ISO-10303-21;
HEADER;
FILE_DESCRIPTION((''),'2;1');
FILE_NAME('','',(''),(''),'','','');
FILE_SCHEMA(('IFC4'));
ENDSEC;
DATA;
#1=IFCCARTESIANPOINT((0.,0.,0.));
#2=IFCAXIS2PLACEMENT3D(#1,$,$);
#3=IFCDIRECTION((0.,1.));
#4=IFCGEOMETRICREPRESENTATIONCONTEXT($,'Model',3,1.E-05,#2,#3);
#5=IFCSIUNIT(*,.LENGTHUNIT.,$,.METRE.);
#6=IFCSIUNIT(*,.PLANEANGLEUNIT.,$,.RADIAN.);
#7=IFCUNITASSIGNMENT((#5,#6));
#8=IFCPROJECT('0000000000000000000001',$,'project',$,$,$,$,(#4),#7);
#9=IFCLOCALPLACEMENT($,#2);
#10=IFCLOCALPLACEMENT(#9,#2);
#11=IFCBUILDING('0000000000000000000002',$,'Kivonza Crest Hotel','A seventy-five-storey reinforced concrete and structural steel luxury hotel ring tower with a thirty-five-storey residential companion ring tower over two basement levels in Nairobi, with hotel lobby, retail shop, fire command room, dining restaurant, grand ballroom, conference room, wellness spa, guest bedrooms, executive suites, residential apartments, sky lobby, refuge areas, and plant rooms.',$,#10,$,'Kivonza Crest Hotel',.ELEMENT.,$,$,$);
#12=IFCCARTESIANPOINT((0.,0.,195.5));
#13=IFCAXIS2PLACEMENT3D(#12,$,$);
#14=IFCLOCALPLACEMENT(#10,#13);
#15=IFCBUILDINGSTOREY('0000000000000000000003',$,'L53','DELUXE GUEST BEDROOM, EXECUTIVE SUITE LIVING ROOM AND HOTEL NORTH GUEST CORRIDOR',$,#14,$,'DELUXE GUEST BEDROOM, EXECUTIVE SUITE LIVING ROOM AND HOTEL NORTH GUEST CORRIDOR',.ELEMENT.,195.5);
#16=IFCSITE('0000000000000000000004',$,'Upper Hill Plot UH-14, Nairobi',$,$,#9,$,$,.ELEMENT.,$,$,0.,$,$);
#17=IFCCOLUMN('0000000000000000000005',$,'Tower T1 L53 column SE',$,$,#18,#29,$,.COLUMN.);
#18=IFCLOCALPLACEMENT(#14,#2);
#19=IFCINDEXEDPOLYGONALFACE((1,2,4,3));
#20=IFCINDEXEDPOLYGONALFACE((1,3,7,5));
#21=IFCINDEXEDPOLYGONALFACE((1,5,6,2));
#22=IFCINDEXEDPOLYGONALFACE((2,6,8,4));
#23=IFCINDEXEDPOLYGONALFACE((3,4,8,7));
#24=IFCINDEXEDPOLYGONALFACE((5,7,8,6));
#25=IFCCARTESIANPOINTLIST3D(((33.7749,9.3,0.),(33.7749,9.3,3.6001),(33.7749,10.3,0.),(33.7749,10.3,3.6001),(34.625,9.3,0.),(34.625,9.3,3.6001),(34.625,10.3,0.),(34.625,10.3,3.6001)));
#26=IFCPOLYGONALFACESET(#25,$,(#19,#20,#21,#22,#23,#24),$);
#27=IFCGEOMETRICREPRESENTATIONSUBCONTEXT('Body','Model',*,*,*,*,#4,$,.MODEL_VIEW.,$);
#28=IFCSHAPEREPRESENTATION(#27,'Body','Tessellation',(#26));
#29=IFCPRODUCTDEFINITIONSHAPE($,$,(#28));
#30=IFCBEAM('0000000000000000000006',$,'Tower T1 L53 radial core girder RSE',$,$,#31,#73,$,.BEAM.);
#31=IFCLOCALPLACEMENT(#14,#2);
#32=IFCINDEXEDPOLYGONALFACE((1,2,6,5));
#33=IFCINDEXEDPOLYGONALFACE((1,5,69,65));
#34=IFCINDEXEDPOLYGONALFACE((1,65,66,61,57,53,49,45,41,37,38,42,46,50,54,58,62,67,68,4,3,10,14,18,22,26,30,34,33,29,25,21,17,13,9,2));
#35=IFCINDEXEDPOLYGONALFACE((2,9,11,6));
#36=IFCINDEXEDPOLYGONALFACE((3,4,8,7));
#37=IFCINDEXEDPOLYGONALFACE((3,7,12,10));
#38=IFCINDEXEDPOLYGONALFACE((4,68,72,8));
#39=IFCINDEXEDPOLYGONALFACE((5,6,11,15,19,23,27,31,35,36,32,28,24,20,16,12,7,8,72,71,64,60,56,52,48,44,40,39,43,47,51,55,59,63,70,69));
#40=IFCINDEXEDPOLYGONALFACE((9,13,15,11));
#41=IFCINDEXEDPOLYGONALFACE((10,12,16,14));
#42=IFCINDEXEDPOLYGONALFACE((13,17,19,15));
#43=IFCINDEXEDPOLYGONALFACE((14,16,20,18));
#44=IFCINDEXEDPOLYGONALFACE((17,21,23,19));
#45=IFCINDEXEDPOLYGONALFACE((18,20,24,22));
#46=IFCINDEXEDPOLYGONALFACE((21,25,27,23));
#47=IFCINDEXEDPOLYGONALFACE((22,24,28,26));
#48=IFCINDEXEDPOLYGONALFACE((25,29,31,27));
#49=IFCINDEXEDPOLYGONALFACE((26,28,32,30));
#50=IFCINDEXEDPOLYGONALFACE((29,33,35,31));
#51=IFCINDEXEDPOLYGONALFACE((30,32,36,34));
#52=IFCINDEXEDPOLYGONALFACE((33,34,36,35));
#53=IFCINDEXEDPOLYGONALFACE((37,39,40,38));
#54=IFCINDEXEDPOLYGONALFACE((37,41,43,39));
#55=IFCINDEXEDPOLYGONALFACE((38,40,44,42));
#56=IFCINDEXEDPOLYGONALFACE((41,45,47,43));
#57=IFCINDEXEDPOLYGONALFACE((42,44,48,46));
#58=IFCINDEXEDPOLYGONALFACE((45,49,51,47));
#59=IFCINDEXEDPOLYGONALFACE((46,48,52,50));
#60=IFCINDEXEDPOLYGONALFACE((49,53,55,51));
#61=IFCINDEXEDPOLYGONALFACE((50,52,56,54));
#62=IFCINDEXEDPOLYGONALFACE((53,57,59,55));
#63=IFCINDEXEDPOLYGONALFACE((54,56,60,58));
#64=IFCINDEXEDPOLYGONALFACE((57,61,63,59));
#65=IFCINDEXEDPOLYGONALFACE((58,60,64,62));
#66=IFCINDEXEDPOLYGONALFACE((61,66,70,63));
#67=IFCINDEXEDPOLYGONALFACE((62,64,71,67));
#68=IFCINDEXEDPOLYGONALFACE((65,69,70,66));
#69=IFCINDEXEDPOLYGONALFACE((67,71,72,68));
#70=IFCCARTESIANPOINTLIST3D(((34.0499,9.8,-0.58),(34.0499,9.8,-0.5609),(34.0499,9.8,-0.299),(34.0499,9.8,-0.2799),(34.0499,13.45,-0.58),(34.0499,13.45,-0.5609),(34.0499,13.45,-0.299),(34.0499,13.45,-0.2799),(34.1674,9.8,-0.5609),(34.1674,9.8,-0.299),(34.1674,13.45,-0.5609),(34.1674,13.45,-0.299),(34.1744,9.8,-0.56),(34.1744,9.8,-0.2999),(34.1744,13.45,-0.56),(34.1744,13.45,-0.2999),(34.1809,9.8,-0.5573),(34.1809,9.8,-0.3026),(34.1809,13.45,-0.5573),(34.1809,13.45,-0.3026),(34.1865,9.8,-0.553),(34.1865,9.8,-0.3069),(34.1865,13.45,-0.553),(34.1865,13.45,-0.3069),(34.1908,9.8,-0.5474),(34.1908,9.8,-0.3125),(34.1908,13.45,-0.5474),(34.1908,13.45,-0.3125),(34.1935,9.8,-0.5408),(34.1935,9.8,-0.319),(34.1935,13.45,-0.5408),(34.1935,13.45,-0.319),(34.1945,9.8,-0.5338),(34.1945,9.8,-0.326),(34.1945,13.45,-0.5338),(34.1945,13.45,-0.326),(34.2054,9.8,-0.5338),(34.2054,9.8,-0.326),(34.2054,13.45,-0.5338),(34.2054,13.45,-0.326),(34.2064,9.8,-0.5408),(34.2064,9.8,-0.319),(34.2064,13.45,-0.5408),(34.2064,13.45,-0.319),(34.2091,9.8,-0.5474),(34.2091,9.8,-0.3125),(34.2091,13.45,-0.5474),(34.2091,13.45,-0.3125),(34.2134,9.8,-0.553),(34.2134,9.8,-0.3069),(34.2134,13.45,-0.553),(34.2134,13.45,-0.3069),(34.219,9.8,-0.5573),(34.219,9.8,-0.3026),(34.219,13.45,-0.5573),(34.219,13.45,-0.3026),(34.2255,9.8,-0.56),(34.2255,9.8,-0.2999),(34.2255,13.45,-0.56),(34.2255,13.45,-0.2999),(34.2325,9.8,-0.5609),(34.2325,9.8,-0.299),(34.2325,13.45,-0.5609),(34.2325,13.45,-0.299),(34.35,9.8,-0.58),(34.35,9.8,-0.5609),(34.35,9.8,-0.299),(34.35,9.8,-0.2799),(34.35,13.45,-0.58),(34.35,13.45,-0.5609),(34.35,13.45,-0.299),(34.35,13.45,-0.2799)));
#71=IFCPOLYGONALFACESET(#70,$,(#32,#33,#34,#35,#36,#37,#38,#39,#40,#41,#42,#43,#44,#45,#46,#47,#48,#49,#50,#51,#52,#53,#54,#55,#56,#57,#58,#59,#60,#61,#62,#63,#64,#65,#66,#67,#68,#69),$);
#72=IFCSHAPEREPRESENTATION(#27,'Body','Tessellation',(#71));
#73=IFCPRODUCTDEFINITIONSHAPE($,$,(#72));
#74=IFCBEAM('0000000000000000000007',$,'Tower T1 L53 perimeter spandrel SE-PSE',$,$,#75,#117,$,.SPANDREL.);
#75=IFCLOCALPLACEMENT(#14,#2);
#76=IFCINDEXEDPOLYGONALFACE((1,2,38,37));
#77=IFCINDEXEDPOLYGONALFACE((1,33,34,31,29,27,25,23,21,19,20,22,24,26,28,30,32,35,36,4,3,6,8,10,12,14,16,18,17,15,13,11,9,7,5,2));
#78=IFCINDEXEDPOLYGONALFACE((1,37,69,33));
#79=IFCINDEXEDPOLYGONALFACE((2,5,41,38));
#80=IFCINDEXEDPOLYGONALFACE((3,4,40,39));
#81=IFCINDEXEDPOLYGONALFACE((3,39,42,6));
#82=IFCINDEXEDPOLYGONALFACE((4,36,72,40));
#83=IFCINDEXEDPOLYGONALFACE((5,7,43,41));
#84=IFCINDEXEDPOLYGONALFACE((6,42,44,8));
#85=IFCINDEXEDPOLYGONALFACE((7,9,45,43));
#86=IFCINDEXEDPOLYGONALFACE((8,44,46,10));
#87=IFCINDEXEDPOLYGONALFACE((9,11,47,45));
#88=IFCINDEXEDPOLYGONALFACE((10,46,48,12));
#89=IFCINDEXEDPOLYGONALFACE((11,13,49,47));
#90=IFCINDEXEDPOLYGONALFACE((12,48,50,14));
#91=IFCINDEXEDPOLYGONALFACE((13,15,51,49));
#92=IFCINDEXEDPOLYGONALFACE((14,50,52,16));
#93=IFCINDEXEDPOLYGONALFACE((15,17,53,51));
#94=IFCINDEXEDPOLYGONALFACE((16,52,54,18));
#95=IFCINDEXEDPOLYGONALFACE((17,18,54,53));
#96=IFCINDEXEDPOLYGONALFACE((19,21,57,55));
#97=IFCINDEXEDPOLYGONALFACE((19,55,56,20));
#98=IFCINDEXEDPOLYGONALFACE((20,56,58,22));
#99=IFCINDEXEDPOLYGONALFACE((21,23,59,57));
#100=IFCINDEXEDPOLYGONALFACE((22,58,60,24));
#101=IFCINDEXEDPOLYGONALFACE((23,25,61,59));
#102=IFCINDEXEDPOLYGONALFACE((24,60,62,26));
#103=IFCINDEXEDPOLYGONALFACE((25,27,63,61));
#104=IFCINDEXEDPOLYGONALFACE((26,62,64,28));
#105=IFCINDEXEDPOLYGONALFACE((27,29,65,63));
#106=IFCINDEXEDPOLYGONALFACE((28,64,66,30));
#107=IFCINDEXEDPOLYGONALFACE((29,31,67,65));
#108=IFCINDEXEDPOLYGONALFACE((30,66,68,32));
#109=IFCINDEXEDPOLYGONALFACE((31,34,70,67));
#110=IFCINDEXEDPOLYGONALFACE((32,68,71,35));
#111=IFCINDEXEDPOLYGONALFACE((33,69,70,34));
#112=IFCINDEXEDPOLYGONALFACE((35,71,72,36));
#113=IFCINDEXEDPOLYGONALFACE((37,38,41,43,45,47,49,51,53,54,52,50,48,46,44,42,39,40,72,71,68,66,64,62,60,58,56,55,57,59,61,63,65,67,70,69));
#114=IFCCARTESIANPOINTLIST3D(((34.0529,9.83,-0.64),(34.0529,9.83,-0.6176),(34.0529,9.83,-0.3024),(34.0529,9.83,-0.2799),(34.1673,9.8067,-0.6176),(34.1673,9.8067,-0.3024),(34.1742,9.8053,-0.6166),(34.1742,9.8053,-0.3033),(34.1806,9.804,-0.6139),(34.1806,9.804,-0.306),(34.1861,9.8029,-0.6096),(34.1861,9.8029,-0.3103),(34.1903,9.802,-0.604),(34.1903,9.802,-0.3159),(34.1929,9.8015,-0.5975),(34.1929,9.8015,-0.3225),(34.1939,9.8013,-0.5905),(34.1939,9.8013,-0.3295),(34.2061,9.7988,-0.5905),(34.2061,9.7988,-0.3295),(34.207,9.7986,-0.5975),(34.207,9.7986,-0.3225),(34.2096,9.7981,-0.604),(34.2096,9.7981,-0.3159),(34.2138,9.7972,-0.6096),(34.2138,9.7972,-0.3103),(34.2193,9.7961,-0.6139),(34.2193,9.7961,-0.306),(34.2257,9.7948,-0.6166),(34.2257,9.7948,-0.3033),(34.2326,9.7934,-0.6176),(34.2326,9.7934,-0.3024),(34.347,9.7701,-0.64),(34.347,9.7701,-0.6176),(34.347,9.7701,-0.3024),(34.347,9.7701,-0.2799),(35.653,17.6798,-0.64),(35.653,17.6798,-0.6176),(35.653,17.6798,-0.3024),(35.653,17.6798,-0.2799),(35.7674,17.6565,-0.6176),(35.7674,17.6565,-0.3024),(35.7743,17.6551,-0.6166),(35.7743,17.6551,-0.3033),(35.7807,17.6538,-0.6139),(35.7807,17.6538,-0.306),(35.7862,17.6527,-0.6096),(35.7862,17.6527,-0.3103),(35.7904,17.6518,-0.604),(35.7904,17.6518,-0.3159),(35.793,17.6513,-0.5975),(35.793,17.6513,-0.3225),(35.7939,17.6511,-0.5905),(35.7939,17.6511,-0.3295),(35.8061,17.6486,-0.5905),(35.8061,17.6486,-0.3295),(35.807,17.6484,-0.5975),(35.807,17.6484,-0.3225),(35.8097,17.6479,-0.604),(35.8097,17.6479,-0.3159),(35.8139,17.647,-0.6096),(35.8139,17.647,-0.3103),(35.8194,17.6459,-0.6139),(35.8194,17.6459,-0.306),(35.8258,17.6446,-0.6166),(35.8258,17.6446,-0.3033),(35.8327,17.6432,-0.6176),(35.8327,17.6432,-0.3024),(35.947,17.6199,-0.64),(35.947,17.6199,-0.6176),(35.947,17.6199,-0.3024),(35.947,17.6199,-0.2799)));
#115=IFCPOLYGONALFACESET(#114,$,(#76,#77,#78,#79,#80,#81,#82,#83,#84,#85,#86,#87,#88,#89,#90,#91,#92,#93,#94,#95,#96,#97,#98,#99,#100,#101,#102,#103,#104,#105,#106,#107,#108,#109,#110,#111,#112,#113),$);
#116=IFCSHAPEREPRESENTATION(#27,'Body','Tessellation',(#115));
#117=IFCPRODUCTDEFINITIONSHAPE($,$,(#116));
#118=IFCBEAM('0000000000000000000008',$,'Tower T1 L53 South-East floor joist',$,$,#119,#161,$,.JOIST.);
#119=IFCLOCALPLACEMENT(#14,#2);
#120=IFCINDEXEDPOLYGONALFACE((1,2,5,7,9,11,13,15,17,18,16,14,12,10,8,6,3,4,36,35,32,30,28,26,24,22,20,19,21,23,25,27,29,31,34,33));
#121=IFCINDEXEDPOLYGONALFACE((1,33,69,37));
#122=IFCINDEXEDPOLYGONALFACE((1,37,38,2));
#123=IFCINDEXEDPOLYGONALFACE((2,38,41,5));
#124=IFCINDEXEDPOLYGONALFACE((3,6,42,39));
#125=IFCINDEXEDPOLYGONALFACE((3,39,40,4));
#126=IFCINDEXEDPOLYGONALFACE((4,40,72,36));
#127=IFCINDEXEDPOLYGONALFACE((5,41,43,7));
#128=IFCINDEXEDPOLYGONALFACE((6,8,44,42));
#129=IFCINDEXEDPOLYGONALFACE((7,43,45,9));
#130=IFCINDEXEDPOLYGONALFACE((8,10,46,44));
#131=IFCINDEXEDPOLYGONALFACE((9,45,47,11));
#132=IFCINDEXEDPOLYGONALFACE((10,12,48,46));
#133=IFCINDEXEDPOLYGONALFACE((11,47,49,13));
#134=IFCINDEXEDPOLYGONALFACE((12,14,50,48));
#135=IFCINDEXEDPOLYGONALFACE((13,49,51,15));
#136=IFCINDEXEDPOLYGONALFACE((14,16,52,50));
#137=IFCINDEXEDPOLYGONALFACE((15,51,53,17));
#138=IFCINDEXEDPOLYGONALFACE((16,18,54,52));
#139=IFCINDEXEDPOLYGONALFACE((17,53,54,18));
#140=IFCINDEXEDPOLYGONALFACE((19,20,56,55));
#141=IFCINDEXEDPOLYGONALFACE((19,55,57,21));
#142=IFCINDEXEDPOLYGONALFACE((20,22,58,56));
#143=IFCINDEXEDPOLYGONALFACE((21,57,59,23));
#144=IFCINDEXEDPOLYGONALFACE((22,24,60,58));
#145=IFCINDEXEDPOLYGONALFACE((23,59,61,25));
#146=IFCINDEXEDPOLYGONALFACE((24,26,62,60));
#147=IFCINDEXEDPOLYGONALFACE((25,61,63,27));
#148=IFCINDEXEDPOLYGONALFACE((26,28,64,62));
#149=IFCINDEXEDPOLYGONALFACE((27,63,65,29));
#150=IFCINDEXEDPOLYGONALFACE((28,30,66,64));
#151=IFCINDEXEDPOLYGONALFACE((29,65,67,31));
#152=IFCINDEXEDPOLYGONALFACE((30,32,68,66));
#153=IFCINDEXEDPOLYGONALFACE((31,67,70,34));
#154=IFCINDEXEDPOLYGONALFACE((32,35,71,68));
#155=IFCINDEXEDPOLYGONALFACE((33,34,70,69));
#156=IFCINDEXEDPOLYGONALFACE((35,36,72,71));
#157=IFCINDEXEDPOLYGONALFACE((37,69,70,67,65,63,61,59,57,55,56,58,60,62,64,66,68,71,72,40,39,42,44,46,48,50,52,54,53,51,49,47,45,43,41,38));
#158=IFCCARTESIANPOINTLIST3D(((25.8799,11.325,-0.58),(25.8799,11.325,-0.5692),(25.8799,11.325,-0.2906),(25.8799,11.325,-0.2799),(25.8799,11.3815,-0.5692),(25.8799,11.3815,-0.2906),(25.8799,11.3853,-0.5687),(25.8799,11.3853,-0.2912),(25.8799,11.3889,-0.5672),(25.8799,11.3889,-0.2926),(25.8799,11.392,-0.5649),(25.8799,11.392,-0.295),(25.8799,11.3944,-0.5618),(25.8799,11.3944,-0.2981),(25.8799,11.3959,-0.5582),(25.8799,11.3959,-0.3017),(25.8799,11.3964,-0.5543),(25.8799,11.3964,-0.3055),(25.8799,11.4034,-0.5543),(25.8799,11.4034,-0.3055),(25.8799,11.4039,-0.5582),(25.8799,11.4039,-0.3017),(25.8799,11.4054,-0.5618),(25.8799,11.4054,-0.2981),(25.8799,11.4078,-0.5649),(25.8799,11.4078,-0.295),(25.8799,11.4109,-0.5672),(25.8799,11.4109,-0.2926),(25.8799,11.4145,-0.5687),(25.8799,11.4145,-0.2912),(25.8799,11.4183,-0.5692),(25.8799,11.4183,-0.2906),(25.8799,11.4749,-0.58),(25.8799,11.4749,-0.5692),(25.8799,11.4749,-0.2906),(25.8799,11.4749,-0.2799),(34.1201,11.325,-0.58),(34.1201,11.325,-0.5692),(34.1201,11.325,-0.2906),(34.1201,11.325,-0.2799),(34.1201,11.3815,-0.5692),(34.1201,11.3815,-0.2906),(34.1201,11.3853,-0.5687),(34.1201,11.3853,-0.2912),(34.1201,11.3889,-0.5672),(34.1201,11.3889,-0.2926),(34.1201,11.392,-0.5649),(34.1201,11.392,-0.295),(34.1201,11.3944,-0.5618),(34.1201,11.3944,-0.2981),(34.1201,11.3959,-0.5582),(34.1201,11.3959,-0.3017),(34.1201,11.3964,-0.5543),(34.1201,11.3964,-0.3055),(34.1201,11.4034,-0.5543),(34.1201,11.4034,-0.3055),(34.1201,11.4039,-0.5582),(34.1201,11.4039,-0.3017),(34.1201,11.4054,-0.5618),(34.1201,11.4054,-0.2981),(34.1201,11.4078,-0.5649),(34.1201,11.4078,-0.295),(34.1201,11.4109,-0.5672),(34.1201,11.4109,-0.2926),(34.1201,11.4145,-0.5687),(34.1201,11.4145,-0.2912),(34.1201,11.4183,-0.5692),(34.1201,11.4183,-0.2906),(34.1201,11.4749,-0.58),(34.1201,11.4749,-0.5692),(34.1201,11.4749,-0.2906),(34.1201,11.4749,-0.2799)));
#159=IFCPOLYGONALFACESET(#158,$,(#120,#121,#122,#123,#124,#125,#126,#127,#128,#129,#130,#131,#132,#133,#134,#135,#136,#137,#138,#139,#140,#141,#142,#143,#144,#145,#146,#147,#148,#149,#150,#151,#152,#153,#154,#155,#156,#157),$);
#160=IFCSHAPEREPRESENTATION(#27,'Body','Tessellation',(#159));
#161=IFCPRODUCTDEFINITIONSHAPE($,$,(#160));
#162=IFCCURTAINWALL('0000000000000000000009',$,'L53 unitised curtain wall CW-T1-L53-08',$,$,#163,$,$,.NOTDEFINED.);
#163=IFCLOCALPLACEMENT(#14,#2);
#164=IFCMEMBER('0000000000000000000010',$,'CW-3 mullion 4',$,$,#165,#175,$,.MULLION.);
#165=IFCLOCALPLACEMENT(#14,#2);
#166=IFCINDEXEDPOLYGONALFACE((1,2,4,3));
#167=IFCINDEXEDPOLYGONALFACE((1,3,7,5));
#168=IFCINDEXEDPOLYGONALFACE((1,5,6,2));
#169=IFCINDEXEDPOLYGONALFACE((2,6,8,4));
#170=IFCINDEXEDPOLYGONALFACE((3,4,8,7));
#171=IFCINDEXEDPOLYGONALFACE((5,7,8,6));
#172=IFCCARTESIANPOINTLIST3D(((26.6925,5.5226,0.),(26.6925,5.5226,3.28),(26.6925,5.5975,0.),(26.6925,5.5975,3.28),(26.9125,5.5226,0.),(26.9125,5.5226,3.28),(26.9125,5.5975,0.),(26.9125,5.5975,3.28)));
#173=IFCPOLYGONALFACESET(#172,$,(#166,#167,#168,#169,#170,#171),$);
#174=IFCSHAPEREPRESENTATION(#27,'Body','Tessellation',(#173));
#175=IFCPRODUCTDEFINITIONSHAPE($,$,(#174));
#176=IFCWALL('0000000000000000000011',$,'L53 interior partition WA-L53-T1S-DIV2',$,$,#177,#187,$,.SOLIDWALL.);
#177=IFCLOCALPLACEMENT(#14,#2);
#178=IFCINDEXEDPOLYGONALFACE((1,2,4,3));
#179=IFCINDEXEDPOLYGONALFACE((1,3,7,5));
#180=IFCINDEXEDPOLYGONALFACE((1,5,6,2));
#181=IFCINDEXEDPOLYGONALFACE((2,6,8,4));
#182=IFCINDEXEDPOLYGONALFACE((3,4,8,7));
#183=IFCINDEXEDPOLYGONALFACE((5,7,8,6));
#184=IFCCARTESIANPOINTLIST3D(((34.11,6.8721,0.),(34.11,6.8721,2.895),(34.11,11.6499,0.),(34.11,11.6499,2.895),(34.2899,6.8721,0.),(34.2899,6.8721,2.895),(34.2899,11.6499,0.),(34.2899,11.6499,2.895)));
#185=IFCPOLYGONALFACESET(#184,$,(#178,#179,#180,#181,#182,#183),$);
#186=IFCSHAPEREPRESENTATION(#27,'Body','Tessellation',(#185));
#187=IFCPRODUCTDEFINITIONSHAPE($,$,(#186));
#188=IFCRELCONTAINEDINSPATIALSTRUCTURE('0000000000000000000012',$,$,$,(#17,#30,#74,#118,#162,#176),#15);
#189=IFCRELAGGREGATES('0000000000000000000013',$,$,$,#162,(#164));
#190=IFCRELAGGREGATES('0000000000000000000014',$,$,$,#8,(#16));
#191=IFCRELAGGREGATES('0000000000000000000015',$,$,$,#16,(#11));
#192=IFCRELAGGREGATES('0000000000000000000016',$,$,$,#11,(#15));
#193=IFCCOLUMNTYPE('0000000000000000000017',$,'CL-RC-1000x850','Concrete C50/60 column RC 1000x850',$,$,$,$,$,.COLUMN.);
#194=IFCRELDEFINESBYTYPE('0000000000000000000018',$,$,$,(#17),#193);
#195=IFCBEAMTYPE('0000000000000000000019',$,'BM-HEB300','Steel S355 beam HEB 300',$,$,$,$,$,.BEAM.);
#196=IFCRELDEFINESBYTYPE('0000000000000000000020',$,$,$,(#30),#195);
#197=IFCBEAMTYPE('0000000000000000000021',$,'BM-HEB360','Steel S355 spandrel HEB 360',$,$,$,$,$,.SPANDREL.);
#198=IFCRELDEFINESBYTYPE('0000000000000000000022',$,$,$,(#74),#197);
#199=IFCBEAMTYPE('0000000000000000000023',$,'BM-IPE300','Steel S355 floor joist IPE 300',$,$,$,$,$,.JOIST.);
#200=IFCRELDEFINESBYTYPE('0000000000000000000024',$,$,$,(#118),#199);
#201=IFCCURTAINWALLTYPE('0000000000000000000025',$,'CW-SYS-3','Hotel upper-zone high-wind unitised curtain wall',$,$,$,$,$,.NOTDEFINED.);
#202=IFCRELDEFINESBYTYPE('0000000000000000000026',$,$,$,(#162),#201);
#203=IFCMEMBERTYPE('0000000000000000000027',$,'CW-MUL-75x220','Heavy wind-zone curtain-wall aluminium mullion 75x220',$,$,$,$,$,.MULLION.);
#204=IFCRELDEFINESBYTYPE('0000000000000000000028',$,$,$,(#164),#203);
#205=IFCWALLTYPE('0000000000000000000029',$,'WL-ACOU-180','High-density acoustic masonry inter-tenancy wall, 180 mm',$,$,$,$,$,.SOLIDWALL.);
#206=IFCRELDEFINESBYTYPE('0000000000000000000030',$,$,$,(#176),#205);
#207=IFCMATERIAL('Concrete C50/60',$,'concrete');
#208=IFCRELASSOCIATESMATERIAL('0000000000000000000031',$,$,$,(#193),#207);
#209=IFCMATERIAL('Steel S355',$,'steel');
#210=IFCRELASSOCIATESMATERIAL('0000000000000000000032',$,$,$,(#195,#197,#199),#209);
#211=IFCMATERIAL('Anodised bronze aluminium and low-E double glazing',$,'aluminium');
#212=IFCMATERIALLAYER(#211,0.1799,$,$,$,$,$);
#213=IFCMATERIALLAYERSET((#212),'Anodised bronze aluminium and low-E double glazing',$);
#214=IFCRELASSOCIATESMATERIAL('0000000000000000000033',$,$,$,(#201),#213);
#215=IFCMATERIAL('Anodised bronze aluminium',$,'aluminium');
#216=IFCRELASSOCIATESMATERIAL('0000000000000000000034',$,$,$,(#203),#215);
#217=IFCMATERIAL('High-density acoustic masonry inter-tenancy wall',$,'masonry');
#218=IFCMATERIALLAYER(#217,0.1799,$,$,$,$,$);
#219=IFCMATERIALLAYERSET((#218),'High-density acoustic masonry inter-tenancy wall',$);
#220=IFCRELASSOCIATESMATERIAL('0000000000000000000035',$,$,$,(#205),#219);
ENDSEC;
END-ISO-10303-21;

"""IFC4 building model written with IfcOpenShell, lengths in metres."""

from ifc_helpers import new_model, si_unit, direction, frame, frame_2d, origin, origin_2d, place, context, subcontext, project, spatial, rectangle, i_section, extrude, material, layer, layer_set, material_profile, profile_set, type_object, element, aggregate, save


model = new_model("IFC4")

# Units and contexts
model_context = context("Model", 3, precision=1e-05, world=origin(), true_north=direction((0.0, 1.0)))
body_context = subcontext(model_context, "Body", "Model", "MODEL_VIEW")
ifc_project = project(units=[si_unit("LENGTHUNIT", "METRE"), si_unit("PLANEANGLEUNIT", "RADIAN")], contexts=[model_context])

# Site, building, storey
site_placement = place(None, origin())
site = spatial("IfcSite", under=ifc_project, at=site_placement, Name="Upper Hill Plot UH-14, Nairobi", CompositionType="ELEMENT", RefElevation=0.0)
building_placement = place(site_placement, origin())
building = spatial("IfcBuilding", under=site, at=building_placement, Name="Kivonza Crest Hotel", Description="A seventy-five-storey reinforced concrete and structural steel luxury hotel ring tower with a thirty-five-storey residential companion ring tower over two basement levels in Nairobi, with hotel lobby, retail shop, fire command room, dining restaurant, grand ballroom, conference room, wellness spa, guest bedrooms, executive suites, residential apartments, sky lobby, refuge areas, and plant rooms.", LongName="Kivonza Crest Hotel", CompositionType="ELEMENT")
storey_placement = place(building_placement, frame((0.0, 0.0, 195.5)))
storey = spatial("IfcBuildingStorey", under=building, at=storey_placement, Name="L53", Description="DELUXE GUEST BEDROOM, EXECUTIVE SUITE LIVING ROOM AND HOTEL NORTH GUEST CORRIDOR", LongName="DELUXE GUEST BEDROOM, EXECUTIVE SUITE LIVING ROOM AND HOTEL NORTH GUEST CORRIDOR", CompositionType="ELEMENT", Elevation=195.5)

# Column
ifc_material_1 = material(Name="Concrete C50/60", Category="concrete")
ifc_material_profile_1 = material_profile(ifc_material_1, rectangle(XDim=0.8501, YDim=1.0, at=origin_2d()), Name="RC 1000x850")
ifc_profile_set_1 = profile_set([ifc_material_profile_1], Name="Concrete C50/60")
column_type = type_object("IfcColumnType", Name="CL-RC-1000x850", Description="Concrete C50/60 column RC 1000x850", PredefinedType="COLUMN", material=ifc_profile_set_1)
column_placement = place(storey_placement, frame((34.2, 9.8, 0.0), z_axis=(0.0, 0.0, 1.0), x_axis=(1.0, 0.0, 0.0)))
element("IfcColumn", 1, at=column_placement, inside=storey, type_object=column_type, Name="Tower T1 L53 column SE", PredefinedType="COLUMN", context=body_context, shape_type="SweptSolid", body=[
    extrude(rectangle(XDim=0.8501, YDim=1.0, at=origin_2d()), origin(), (0.0, 0.0, 1.0), 3.6001),
])

# Beams
ifc_material_2 = material(Name="Steel S355", Category="steel")
ifc_material_profile_2 = material_profile(ifc_material_2, i_section(OverallWidth=0.3, OverallDepth=0.3, WebThickness=0.011, FlangeThickness=0.019, FilletRadius=0.0271, at=origin_2d()), Name="HEB 300")
ifc_profile_set_2 = profile_set([ifc_material_profile_2], Name="Steel S355")
beam_type_1 = type_object("IfcBeamType", Name="BM-HEB300", Description="Steel S355 beam HEB 300", PredefinedType="BEAM", material=ifc_profile_set_2)
beam_1_placement = place(storey_placement, frame((34.2, 9.8, -0.4299), z_axis=(0.0, 1.0, 0.0), x_axis=(-1.0, 0.0, 0.0)))
element("IfcBeam", 2, at=beam_1_placement, inside=storey, type_object=beam_type_1, Name="Tower T1 L53 radial core girder RSE", PredefinedType="BEAM", context=body_context, shape_type="SweptSolid", body=[
    extrude(i_section(OverallWidth=0.3, OverallDepth=0.3, WebThickness=0.011, FlangeThickness=0.019, FilletRadius=0.0271, at=origin_2d()), origin(), (0.0, 0.0, 1.0), 3.6499),
])
ifc_material_profile_3 = material_profile(ifc_material_2, i_section(OverallWidth=0.3, OverallDepth=0.3601, WebThickness=0.0125, FlangeThickness=0.0225, FilletRadius=0.0271, at=origin_2d()), Name="HEB 360")
ifc_profile_set_3 = profile_set([ifc_material_profile_3], Name="Steel S355")
beam_type_2 = type_object("IfcBeamType", Name="BM-HEB360", Description="Steel S355 spandrel HEB 360", PredefinedType="SPANDREL", material=ifc_profile_set_3)
beam_2_placement = place(storey_placement, frame((34.2, 9.8, -0.46), z_axis=(0.199731, 0.979851, 0.0), x_axis=(-0.979851, 0.199731, 0.0)))
element("IfcBeam", 3, at=beam_2_placement, inside=storey, type_object=beam_type_2, Name="Tower T1 L53 perimeter spandrel SE-PSE", PredefinedType="SPANDREL", context=body_context, shape_type="SweptSolid", body=[
    extrude(i_section(OverallWidth=0.3, OverallDepth=0.3601, WebThickness=0.0125, FlangeThickness=0.0225, FilletRadius=0.0271, at=origin_2d()), origin(), (0.0, 0.0, 1.0), 8.0112),
])
ifc_material_profile_4 = material_profile(ifc_material_2, i_section(OverallWidth=0.1499, OverallDepth=0.3, WebThickness=0.0071, FlangeThickness=0.0107, FilletRadius=0.0149, at=origin_2d()), Name="IPE 300")
ifc_profile_set_4 = profile_set([ifc_material_profile_4], Name="Steel S355")
beam_type_3 = type_object("IfcBeamType", Name="BM-IPE300", Description="Steel S355 floor joist IPE 300", PredefinedType="JOIST", material=ifc_profile_set_4)
beam_3_placement = place(storey_placement, frame((25.8799, 11.3999, -0.4299), z_axis=(1.0, 0.0, 0.0), x_axis=(0.0, 1.0, 0.0)))
element("IfcBeam", 4, at=beam_3_placement, inside=storey, type_object=beam_type_3, Name="Tower T1 L53 South-East floor joist", PredefinedType="JOIST", context=body_context, shape_type="SweptSolid", body=[
    extrude(i_section(OverallWidth=0.1499, OverallDepth=0.3, WebThickness=0.0071, FlangeThickness=0.0107, FilletRadius=0.0149, at=origin_2d()), origin(), (0.0, 0.0, 1.0), 8.2402),
])

# Curtain wall, member
ifc_material_3 = material(Name="Anodised bronze aluminium and low-E double glazing", Category="aluminium")
ifc_layer_1 = layer(ifc_material_3, 0.1799)
ifc_layer_set_1 = layer_set([ifc_layer_1], Name="Anodised bronze aluminium and low-E double glazing")
curtain_wall_type = type_object("IfcCurtainWallType", Name="CW-SYS-3", Description="Hotel upper-zone high-wind unitised curtain wall", PredefinedType="NOTDEFINED", material=ifc_layer_set_1)
curtain_wall_placement = place(storey_placement, origin())
curtain_wall = element("IfcCurtainWall", 5, at=curtain_wall_placement, inside=storey, type_object=curtain_wall_type, Name="L53 unitised curtain wall CW-T1-L53-08", PredefinedType="NOTDEFINED")
ifc_material_4 = material(Name="Anodised bronze aluminium", Category="aluminium")
ifc_material_profile_5 = material_profile(ifc_material_4, rectangle(XDim=0.075, YDim=0.22, at=origin_2d()), Name="CW-M 75x220")
ifc_profile_set_5 = profile_set([ifc_material_profile_5], Name="Anodised bronze aluminium")
member_type = type_object("IfcMemberType", Name="CW-MUL-75x220", Description="Heavy wind-zone curtain-wall aluminium mullion 75x220", PredefinedType="MULLION", material=ifc_profile_set_5)
member_placement = place(storey_placement, frame((26.8025, 5.5601, 0.0), z_axis=(0.0, 0.0, 1.0), x_axis=(0.0, 1.0, 0.0)))
member = element("IfcMember", 6, at=member_placement, type_object=member_type, Name="CW-3 mullion 4", PredefinedType="MULLION", context=body_context, shape_type="SweptSolid", body=[
    extrude(rectangle(XDim=0.075, YDim=0.22, at=origin_2d()), origin(), (0.0, 0.0, 1.0), 3.28),
])
aggregate(curtain_wall, [member])

# Wall
ifc_material_5 = material(Name="High-density acoustic masonry inter-tenancy wall", Category="masonry")
ifc_layer_2 = layer(ifc_material_5, 0.1799)
ifc_layer_set_2 = layer_set([ifc_layer_2], Name="High-density acoustic masonry inter-tenancy wall")
wall_type_1 = type_object("IfcWallType", Name="WL-ACOU-180", Description="High-density acoustic masonry inter-tenancy wall, 180 mm", PredefinedType="SOLIDWALL", material=ifc_layer_set_2)
wall_1_placement = place(storey_placement, frame((34.2, 6.8721, 0.0), z_axis=(0.0, 0.0, 1.0), x_axis=(0.0, 1.0, 0.0)))
element("IfcWall", 7, at=wall_1_placement, inside=storey, type_object=wall_type_1, Name="L53 interior partition WA-L53-T1S-DIV2", PredefinedType="SOLIDWALL", context=body_context, shape_type="SweptSolid", body=[
    extrude(rectangle(XDim=4.7778, YDim=0.1799, at=frame_2d((2.3889, 0.0))), origin(), (0.0, 0.0, 1.0), 2.895),
])

save(model, "model.ifc")
